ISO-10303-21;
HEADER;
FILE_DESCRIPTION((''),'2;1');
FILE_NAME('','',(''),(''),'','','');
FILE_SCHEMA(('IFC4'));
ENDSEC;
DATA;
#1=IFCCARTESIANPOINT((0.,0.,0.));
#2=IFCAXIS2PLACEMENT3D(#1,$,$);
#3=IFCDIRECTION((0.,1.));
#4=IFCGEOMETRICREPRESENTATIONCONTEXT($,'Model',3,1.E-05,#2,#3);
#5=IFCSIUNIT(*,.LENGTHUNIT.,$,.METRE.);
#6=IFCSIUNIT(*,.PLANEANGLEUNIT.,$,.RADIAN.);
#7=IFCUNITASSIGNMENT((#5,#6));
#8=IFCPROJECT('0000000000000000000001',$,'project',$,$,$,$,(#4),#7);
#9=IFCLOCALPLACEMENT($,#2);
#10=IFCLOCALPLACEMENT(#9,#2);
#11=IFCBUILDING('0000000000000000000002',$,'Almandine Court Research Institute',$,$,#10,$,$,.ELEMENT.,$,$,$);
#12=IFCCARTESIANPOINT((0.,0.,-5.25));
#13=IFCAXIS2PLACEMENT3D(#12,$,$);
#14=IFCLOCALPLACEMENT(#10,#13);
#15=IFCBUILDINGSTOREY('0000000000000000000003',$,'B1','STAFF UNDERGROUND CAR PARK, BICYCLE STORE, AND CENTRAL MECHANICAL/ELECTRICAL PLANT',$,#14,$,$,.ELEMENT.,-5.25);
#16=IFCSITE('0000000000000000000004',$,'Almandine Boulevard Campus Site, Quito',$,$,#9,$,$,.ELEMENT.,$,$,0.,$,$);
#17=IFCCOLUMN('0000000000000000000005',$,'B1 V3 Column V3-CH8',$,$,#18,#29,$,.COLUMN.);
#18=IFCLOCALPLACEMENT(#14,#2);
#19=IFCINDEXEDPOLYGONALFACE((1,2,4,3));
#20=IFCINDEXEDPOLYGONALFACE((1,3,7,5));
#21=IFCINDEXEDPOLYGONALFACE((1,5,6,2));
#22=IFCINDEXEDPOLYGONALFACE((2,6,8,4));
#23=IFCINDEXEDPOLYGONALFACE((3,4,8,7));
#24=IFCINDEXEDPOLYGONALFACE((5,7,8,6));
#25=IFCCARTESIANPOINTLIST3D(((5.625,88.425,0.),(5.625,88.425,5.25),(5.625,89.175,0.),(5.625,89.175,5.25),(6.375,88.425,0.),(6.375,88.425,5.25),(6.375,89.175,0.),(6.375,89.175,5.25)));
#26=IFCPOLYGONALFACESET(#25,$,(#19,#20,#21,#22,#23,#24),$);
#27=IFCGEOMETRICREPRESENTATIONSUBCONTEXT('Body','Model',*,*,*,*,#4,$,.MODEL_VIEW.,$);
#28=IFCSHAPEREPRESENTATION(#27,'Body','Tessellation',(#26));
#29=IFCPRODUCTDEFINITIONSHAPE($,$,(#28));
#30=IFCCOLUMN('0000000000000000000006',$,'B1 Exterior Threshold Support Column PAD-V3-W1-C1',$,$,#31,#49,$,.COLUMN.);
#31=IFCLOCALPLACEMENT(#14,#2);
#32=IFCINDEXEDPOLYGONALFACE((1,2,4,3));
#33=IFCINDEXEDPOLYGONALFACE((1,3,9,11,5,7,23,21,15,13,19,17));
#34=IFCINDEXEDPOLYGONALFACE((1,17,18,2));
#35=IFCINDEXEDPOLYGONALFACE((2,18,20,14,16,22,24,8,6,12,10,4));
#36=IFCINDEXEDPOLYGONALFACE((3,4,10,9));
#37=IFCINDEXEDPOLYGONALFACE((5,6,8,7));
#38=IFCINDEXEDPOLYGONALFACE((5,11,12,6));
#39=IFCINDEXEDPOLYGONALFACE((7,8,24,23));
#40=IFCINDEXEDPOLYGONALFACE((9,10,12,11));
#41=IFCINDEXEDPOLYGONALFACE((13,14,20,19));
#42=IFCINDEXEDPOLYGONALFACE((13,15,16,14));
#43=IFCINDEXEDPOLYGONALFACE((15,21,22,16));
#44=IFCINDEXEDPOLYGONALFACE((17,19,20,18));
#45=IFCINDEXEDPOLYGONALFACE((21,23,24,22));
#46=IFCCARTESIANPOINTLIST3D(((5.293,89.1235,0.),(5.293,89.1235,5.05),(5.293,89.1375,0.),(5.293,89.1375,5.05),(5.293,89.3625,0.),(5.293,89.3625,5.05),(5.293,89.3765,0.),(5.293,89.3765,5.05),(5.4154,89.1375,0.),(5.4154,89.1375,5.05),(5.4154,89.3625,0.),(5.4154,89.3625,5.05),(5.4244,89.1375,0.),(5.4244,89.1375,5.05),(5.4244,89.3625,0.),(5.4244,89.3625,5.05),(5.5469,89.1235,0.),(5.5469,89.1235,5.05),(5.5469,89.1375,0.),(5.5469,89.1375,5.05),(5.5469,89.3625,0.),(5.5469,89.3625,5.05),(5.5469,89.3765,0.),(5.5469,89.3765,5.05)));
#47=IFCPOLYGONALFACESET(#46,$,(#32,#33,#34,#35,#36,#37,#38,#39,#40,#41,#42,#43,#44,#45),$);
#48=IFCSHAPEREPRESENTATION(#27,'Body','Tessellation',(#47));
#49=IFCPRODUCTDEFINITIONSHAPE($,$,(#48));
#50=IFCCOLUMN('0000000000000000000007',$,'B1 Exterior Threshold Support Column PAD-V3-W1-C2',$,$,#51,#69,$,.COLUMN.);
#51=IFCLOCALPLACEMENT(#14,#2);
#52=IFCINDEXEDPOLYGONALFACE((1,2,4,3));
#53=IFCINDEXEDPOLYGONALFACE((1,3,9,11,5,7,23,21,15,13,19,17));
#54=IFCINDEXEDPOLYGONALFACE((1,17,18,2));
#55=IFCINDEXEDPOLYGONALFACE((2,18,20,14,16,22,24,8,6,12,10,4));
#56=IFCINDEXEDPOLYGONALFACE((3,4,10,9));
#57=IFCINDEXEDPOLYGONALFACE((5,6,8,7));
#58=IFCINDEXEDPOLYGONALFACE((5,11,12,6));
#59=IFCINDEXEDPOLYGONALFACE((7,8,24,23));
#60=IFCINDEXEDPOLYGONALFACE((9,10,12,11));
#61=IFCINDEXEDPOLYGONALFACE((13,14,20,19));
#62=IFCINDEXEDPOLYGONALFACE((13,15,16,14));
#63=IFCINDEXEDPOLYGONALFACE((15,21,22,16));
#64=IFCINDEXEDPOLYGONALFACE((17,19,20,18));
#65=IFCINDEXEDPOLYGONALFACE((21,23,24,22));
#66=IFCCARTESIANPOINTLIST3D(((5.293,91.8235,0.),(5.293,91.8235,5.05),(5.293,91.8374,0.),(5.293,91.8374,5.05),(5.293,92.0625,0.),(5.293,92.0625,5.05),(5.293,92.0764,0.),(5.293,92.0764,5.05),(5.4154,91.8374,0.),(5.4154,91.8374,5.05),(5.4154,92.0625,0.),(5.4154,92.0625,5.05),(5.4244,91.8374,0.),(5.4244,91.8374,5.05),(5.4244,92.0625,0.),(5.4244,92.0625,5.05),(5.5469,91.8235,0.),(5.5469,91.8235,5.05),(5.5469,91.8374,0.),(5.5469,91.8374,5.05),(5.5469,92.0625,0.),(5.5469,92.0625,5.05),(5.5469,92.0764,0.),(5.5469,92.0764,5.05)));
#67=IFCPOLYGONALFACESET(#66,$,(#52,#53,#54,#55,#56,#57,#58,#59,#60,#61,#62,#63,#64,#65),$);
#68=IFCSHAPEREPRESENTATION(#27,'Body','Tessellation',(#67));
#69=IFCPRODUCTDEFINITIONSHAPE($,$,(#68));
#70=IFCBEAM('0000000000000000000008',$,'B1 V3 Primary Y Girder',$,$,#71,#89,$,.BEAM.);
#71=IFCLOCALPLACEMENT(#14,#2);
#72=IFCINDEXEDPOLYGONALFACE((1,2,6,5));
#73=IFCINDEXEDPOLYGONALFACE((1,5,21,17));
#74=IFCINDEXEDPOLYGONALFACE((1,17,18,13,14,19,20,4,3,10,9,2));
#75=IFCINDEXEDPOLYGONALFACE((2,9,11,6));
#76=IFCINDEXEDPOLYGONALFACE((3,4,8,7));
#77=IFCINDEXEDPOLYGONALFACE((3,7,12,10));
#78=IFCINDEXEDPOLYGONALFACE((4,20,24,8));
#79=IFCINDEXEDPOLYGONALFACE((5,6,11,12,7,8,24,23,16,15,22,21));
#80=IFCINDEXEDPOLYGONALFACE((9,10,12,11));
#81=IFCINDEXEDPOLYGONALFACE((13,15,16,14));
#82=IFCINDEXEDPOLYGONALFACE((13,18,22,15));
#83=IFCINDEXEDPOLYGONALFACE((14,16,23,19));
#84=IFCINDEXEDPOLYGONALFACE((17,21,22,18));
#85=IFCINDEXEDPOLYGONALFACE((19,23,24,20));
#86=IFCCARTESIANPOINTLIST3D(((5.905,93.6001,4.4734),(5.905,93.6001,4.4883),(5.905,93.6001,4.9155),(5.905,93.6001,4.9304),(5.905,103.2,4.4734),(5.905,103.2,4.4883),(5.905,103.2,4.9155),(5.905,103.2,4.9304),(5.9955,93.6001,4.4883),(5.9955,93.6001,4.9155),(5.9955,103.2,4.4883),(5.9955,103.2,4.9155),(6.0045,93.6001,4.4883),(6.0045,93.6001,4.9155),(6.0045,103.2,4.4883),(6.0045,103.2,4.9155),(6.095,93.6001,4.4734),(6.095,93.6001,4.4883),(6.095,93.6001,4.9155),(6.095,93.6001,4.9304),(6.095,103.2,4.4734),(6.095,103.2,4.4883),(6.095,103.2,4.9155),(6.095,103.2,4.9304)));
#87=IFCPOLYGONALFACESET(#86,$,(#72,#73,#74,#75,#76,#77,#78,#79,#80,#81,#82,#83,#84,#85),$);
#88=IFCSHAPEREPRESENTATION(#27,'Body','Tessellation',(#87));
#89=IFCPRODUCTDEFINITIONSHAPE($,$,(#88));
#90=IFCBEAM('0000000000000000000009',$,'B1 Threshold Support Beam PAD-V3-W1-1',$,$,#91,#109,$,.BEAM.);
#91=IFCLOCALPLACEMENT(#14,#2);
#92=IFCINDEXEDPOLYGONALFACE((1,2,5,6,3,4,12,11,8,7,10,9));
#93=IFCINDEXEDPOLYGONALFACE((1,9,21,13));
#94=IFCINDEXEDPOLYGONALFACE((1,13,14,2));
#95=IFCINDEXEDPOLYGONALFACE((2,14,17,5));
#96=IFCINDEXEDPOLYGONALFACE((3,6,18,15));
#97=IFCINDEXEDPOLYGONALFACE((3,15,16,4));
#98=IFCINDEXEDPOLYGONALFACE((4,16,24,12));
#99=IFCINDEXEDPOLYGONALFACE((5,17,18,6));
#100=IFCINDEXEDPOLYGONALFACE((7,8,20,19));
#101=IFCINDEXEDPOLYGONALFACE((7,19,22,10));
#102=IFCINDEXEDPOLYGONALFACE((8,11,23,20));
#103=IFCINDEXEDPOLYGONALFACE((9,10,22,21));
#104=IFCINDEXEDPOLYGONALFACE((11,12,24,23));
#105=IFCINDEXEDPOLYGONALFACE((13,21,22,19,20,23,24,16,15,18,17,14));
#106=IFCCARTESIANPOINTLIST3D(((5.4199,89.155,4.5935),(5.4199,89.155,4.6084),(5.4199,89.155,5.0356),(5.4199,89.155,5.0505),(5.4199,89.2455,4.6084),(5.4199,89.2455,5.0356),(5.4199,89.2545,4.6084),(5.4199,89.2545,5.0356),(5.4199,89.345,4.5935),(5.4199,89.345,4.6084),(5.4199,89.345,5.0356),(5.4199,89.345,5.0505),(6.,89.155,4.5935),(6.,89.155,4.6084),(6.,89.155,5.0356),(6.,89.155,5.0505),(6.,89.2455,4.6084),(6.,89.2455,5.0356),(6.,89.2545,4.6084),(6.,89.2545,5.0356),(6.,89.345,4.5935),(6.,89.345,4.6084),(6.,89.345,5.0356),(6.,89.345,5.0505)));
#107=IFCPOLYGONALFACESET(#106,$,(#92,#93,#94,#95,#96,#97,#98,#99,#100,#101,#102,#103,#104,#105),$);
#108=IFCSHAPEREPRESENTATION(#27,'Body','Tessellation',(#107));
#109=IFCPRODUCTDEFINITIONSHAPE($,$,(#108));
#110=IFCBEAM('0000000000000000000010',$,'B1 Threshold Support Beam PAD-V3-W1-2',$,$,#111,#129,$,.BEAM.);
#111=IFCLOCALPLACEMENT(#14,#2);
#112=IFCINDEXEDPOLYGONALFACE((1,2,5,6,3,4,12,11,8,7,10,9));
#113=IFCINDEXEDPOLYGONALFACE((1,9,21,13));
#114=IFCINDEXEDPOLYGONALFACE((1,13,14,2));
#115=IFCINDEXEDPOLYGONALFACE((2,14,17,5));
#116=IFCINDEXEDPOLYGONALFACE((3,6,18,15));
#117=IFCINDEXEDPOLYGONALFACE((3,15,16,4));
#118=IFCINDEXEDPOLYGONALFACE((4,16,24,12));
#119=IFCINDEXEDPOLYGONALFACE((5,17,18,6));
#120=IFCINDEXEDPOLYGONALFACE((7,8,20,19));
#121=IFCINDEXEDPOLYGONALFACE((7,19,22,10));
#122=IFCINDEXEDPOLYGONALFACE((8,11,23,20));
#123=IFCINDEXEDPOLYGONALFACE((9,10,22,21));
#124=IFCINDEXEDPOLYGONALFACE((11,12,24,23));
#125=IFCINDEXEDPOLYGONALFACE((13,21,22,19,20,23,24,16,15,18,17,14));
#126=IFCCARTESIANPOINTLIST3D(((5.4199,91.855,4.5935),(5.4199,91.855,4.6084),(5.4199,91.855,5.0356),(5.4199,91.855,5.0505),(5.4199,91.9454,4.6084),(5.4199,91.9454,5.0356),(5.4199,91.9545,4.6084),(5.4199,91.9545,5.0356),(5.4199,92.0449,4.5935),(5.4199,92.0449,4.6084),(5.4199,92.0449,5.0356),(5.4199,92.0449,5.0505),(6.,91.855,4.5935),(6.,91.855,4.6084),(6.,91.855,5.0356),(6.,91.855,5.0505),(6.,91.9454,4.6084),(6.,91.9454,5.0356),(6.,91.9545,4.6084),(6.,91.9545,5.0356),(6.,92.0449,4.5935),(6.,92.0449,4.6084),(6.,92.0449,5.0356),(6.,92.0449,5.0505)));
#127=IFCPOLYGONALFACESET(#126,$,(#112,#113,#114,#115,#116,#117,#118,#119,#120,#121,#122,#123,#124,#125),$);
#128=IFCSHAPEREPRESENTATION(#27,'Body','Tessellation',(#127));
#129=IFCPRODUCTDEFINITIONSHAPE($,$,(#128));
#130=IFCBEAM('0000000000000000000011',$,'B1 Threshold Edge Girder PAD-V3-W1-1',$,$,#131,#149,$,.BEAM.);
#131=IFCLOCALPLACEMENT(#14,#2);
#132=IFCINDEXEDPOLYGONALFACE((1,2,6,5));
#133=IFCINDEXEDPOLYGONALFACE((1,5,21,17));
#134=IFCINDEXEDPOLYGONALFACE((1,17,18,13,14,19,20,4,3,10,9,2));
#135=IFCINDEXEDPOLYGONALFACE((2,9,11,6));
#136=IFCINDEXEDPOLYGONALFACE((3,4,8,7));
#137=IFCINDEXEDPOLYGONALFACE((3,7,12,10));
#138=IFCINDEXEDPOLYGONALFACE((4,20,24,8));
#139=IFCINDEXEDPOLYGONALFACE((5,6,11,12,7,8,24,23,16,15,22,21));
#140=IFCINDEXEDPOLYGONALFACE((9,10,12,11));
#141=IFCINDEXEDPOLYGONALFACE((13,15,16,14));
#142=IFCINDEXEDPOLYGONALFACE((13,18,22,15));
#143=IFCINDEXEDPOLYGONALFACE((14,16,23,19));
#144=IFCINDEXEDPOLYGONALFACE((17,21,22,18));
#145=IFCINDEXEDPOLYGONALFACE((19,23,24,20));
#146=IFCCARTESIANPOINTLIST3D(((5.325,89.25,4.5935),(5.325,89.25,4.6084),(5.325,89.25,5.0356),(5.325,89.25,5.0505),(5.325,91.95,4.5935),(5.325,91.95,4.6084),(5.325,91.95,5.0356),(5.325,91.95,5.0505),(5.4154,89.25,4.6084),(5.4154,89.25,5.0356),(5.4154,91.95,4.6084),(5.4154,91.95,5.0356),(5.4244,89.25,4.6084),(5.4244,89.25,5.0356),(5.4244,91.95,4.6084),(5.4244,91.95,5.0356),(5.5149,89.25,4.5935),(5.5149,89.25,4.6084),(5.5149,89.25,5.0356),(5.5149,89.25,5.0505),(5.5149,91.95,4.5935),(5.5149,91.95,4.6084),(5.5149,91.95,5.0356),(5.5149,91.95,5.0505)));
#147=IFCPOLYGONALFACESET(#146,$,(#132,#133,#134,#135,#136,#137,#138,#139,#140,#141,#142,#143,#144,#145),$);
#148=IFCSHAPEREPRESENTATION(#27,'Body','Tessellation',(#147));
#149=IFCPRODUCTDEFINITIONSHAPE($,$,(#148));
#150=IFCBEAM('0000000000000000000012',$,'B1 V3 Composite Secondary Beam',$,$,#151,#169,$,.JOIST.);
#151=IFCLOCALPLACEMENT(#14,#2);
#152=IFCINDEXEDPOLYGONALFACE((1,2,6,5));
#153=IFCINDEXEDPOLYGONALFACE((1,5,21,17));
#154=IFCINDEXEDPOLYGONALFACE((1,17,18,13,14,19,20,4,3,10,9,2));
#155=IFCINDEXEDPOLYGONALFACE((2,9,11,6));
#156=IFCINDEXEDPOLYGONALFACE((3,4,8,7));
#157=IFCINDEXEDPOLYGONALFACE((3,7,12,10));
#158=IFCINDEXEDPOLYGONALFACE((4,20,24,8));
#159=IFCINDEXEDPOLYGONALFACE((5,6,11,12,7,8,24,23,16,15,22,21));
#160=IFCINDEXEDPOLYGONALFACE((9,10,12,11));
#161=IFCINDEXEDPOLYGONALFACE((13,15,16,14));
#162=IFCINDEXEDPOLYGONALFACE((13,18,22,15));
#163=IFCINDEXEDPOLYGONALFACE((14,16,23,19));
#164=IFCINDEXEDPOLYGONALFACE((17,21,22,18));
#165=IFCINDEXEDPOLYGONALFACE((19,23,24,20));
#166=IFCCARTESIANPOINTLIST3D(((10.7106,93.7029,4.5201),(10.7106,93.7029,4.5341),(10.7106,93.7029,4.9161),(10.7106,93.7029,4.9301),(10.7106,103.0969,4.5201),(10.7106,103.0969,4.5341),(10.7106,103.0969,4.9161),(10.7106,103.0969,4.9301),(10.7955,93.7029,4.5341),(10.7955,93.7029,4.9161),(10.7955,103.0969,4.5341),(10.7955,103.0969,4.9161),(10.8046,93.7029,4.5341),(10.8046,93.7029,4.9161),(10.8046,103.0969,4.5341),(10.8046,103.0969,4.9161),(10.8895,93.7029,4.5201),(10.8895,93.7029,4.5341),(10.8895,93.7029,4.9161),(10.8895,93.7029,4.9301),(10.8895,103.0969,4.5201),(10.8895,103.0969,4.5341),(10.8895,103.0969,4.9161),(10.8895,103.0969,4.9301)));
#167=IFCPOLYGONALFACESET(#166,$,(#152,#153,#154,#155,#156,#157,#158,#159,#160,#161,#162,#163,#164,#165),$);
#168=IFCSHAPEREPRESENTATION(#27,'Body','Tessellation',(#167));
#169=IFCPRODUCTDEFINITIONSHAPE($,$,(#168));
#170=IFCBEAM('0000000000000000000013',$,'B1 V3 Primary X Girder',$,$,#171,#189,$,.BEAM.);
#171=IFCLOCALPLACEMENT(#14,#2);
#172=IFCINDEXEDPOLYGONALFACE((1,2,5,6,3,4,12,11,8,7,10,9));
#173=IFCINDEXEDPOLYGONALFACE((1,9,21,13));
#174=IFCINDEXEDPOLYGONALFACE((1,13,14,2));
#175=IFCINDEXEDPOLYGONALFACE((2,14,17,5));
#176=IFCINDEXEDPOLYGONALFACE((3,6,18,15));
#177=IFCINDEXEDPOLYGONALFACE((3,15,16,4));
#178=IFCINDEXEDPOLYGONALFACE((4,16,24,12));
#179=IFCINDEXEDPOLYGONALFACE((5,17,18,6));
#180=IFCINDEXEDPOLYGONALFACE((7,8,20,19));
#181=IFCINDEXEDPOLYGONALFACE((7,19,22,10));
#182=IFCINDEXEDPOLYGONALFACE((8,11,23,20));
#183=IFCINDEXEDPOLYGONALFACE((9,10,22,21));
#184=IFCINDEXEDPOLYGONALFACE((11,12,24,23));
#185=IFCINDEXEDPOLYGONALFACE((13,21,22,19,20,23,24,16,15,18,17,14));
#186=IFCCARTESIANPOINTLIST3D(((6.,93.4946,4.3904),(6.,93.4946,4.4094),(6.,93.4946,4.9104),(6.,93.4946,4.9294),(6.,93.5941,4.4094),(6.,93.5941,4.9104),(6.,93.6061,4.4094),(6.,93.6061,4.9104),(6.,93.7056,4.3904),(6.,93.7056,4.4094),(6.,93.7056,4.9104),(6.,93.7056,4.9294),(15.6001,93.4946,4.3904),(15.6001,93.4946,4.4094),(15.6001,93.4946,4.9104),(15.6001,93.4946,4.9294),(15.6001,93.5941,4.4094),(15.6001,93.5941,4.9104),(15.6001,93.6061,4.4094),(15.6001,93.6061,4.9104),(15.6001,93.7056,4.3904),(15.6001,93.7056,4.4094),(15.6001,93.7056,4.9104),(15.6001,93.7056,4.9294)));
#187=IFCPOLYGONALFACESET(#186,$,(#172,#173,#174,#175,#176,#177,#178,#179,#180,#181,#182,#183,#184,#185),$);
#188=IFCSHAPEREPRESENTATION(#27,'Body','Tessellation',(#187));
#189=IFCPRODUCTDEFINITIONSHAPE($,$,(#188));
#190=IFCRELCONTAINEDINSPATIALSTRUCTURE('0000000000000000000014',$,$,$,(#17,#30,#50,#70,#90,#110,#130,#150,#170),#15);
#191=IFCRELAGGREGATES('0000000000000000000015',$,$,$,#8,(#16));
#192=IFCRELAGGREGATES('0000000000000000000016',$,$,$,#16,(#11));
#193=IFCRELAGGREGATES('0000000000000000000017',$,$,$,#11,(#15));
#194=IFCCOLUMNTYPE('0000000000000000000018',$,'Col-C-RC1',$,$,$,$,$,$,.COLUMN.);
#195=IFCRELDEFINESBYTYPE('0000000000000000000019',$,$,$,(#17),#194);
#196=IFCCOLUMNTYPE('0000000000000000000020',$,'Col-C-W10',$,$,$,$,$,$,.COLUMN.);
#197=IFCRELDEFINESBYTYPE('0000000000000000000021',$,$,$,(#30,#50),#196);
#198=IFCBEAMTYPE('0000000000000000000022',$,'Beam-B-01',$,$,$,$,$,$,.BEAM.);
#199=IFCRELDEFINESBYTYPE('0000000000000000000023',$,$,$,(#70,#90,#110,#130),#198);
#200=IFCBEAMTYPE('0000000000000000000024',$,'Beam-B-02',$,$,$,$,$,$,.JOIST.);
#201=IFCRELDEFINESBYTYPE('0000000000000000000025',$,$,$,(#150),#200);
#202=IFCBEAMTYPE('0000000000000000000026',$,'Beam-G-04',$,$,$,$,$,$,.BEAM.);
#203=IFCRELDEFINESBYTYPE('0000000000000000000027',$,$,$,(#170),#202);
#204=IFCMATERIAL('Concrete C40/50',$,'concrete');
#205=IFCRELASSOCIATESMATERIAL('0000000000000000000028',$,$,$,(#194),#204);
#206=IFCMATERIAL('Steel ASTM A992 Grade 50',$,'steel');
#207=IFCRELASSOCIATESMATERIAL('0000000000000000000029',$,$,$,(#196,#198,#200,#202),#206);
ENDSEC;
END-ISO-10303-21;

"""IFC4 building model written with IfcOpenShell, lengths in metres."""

from ifc_helpers import new_model, si_unit, direction, frame, origin, origin_2d, place, context, subcontext, project, spatial, rectangle, i_section, extrude, material, material_profile, profile_set, type_object, element, save


model = new_model("IFC4")

# Units and contexts
model_context = context("Model", 3, precision=1e-05, world=origin(), true_north=direction((0.0, 1.0)))
body_context = subcontext(model_context, "Body", "Model", "MODEL_VIEW")
ifc_project = project(units=[si_unit("LENGTHUNIT", "METRE"), si_unit("PLANEANGLEUNIT", "RADIAN")], contexts=[model_context])

# Site, building, storey
site_placement = place(None, origin())
site = spatial("IfcSite", under=ifc_project, at=site_placement, Name="Almandine Boulevard Campus Site, Quito", CompositionType="ELEMENT", RefElevation=0.0)
building_placement = place(site_placement, origin())
building = spatial("IfcBuilding", under=site, at=building_placement, Name="Almandine Court Research Institute", CompositionType="ELEMENT")
storey_placement = place(building_placement, frame((0.0, 0.0, -5.25)))
storey = spatial("IfcBuildingStorey", under=building, at=storey_placement, Name="B1", Description="STAFF UNDERGROUND CAR PARK, BICYCLE STORE, AND CENTRAL MECHANICAL/ELECTRICAL PLANT", CompositionType="ELEMENT", Elevation=-5.25)

# Columns
ifc_material_1 = material(Name="Concrete C40/50", Category="concrete")
ifc_material_profile_1 = material_profile(ifc_material_1, rectangle(XDim=0.75, YDim=0.75, at=origin_2d()), Name="RC 750x750")
ifc_profile_set_1 = profile_set([ifc_material_profile_1], Name="Concrete C40/50")
column_type_1 = type_object("IfcColumnType", Name="Col-C-RC1", PredefinedType="COLUMN", material=ifc_profile_set_1)
for number, where, z_axis, x_axis, name in (
    (1, (6.0, 88.8, 0.0), (0.0, 0.0, 1.0), (1.0, 0.0, 0.0), "B1 V3 Column V3-CH8"),
):
    element("IfcColumn", number, at=place(storey_placement, frame(where, z_axis=z_axis, x_axis=x_axis)), inside=storey, type_object=column_type_1, Name=name, PredefinedType="COLUMN", context=body_context, shape_type="SweptSolid", body=[
        extrude(rectangle(XDim=0.75, YDim=0.75, at=origin_2d()), origin(), (0.0, 0.0, 1.0), 5.25),
    ])
ifc_material_2 = material(Name="Steel ASTM A992 Grade 50", Category="steel")
ifc_material_profile_2 = material_profile(ifc_material_2, i_section(OverallWidth=0.2539, OverallDepth=0.2529, WebThickness=0.009, FlangeThickness=0.0139, at=origin_2d()), Name="W250x73")
ifc_profile_set_2 = profile_set([ifc_material_profile_2], Name="Steel ASTM A992 Grade 50")
column_type_2 = type_object("IfcColumnType", Name="Col-C-W10", PredefinedType="COLUMN", material=ifc_profile_set_2)
for number, where, z_axis, x_axis, name in (
    (2, (5.4199, 89.25, 0.0), (0.0, 0.0, 1.0), (1.0, 0.0, 0.0), "B1 Exterior Threshold Support Column PAD-V3-W1-C1"),
    (3, (5.4199, 91.95, 0.0), (0.0, 0.0, 1.0), (1.0, 0.0, 0.0), "B1 Exterior Threshold Support Column PAD-V3-W1-C2"),
):
    element("IfcColumn", number, at=place(storey_placement, frame(where, z_axis=z_axis, x_axis=x_axis)), inside=storey, type_object=column_type_2, Name=name, PredefinedType="COLUMN", context=body_context, shape_type="SweptSolid", body=[
        extrude(i_section(OverallWidth=0.2539, OverallDepth=0.2529, WebThickness=0.009, FlangeThickness=0.0139, at=origin_2d()), origin(), (0.0, 0.0, 1.0), 5.05),
    ])

# Beams
ifc_material_profile_3 = material_profile(ifc_material_2, i_section(OverallWidth=0.1899, OverallDepth=0.457, WebThickness=0.009, FlangeThickness=0.0149, at=origin_2d()), Name="W460x74")
ifc_profile_set_3 = profile_set([ifc_material_profile_3], Name="Steel ASTM A992 Grade 50")
beam_type_1 = type_object("IfcBeamType", Name="Beam-B-01", PredefinedType="BEAM", material=ifc_profile_set_3)
beam_1_placement = place(storey_placement, frame((6.0, 93.6001, 4.7019), z_axis=(0.0, 1.0, 0.0), x_axis=(-1.0, 0.0, 0.0)))
element("IfcBeam", 4, at=beam_1_placement, inside=storey, type_object=beam_type_1, Name="B1 V3 Primary Y Girder", PredefinedType="BEAM", context=body_context, shape_type="SweptSolid", body=[
    extrude(i_section(OverallWidth=0.1899, OverallDepth=0.457, WebThickness=0.009, FlangeThickness=0.0149, at=origin_2d()), origin(), (0.0, 0.0, 1.0), 9.5999),
])
for number, where, z_axis, x_axis, name in (
    (5, (5.4199, 89.25, 4.822), (1.0, 0.0, 0.0), (0.0, 1.0, 0.0), "B1 Threshold Support Beam PAD-V3-W1-1"),
    (6, (5.4199, 91.95, 4.822), (1.0, 0.0, 0.0), (0.0, 1.0, 0.0), "B1 Threshold Support Beam PAD-V3-W1-2"),
):
    element("IfcBeam", number, at=place(storey_placement, frame(where, z_axis=z_axis, x_axis=x_axis)), inside=storey, type_object=beam_type_1, Name=name, PredefinedType="BEAM", context=body_context, shape_type="SweptSolid", body=[
        extrude(i_section(OverallWidth=0.1899, OverallDepth=0.457, WebThickness=0.009, FlangeThickness=0.0149, at=origin_2d()), origin(), (0.0, 0.0, 1.0), 0.5801),
    ])
beam_2_placement = place(storey_placement, frame((5.4199, 89.25, 4.822), z_axis=(0.0, 1.0, 0.0), x_axis=(-1.0, 0.0, 0.0)))
element("IfcBeam", 7, at=beam_2_placement, inside=storey, type_object=beam_type_1, Name="B1 Threshold Edge Girder PAD-V3-W1-1", PredefinedType="BEAM", context=body_context, shape_type="SweptSolid", body=[
    extrude(i_section(OverallWidth=0.1899, OverallDepth=0.457, WebThickness=0.009, FlangeThickness=0.0149, at=origin_2d()), origin(), (0.0, 0.0, 1.0), 2.7),
])
ifc_material_profile_4 = material_profile(ifc_material_2, i_section(OverallWidth=0.179, OverallDepth=0.4099, WebThickness=0.009, FlangeThickness=0.0139, at=origin_2d()), Name="W410x67")
ifc_profile_set_4 = profile_set([ifc_material_profile_4], Name="Steel ASTM A992 Grade 50")
beam_type_2 = type_object("IfcBeamType", Name="Beam-B-02", PredefinedType="JOIST", material=ifc_profile_set_4)
beam_3_placement = place(storey_placement, frame((10.8, 93.7029, 4.7251), z_axis=(0.0, 1.0, 0.0), x_axis=(-1.0, 0.0, 0.0)))
element("IfcBeam", 8, at=beam_3_placement, inside=storey, type_object=beam_type_2, Name="B1 V3 Composite Secondary Beam", PredefinedType="JOIST", context=body_context, shape_type="SweptSolid", body=[
    extrude(i_section(OverallWidth=0.179, OverallDepth=0.4099, WebThickness=0.009, FlangeThickness=0.0139, at=origin_2d()), origin(), (0.0, 0.0, 1.0), 9.394),
])
ifc_material_profile_5 = material_profile(ifc_material_2, i_section(OverallWidth=0.2109, OverallDepth=0.5391, WebThickness=0.012, FlangeThickness=0.019, at=origin_2d()), Name="W530x109")
ifc_profile_set_5 = profile_set([ifc_material_profile_5], Name="Steel ASTM A992 Grade 50")
beam_type_3 = type_object("IfcBeamType", Name="Beam-G-04", PredefinedType="BEAM", material=ifc_profile_set_5)
beam_4_placement = place(storey_placement, frame((6.0, 93.6001, 4.6599), z_axis=(1.0, 0.0, 0.0), x_axis=(0.0, 1.0, 0.0)))
element("IfcBeam", 9, at=beam_4_placement, inside=storey, type_object=beam_type_3, Name="B1 V3 Primary X Girder", PredefinedType="BEAM", context=body_context, shape_type="SweptSolid", body=[
    extrude(i_section(OverallWidth=0.2109, OverallDepth=0.5391, WebThickness=0.012, FlangeThickness=0.019, at=origin_2d()), origin(), (0.0, 0.0, 1.0), 9.6001),
])

save(model, "model.ifc")
